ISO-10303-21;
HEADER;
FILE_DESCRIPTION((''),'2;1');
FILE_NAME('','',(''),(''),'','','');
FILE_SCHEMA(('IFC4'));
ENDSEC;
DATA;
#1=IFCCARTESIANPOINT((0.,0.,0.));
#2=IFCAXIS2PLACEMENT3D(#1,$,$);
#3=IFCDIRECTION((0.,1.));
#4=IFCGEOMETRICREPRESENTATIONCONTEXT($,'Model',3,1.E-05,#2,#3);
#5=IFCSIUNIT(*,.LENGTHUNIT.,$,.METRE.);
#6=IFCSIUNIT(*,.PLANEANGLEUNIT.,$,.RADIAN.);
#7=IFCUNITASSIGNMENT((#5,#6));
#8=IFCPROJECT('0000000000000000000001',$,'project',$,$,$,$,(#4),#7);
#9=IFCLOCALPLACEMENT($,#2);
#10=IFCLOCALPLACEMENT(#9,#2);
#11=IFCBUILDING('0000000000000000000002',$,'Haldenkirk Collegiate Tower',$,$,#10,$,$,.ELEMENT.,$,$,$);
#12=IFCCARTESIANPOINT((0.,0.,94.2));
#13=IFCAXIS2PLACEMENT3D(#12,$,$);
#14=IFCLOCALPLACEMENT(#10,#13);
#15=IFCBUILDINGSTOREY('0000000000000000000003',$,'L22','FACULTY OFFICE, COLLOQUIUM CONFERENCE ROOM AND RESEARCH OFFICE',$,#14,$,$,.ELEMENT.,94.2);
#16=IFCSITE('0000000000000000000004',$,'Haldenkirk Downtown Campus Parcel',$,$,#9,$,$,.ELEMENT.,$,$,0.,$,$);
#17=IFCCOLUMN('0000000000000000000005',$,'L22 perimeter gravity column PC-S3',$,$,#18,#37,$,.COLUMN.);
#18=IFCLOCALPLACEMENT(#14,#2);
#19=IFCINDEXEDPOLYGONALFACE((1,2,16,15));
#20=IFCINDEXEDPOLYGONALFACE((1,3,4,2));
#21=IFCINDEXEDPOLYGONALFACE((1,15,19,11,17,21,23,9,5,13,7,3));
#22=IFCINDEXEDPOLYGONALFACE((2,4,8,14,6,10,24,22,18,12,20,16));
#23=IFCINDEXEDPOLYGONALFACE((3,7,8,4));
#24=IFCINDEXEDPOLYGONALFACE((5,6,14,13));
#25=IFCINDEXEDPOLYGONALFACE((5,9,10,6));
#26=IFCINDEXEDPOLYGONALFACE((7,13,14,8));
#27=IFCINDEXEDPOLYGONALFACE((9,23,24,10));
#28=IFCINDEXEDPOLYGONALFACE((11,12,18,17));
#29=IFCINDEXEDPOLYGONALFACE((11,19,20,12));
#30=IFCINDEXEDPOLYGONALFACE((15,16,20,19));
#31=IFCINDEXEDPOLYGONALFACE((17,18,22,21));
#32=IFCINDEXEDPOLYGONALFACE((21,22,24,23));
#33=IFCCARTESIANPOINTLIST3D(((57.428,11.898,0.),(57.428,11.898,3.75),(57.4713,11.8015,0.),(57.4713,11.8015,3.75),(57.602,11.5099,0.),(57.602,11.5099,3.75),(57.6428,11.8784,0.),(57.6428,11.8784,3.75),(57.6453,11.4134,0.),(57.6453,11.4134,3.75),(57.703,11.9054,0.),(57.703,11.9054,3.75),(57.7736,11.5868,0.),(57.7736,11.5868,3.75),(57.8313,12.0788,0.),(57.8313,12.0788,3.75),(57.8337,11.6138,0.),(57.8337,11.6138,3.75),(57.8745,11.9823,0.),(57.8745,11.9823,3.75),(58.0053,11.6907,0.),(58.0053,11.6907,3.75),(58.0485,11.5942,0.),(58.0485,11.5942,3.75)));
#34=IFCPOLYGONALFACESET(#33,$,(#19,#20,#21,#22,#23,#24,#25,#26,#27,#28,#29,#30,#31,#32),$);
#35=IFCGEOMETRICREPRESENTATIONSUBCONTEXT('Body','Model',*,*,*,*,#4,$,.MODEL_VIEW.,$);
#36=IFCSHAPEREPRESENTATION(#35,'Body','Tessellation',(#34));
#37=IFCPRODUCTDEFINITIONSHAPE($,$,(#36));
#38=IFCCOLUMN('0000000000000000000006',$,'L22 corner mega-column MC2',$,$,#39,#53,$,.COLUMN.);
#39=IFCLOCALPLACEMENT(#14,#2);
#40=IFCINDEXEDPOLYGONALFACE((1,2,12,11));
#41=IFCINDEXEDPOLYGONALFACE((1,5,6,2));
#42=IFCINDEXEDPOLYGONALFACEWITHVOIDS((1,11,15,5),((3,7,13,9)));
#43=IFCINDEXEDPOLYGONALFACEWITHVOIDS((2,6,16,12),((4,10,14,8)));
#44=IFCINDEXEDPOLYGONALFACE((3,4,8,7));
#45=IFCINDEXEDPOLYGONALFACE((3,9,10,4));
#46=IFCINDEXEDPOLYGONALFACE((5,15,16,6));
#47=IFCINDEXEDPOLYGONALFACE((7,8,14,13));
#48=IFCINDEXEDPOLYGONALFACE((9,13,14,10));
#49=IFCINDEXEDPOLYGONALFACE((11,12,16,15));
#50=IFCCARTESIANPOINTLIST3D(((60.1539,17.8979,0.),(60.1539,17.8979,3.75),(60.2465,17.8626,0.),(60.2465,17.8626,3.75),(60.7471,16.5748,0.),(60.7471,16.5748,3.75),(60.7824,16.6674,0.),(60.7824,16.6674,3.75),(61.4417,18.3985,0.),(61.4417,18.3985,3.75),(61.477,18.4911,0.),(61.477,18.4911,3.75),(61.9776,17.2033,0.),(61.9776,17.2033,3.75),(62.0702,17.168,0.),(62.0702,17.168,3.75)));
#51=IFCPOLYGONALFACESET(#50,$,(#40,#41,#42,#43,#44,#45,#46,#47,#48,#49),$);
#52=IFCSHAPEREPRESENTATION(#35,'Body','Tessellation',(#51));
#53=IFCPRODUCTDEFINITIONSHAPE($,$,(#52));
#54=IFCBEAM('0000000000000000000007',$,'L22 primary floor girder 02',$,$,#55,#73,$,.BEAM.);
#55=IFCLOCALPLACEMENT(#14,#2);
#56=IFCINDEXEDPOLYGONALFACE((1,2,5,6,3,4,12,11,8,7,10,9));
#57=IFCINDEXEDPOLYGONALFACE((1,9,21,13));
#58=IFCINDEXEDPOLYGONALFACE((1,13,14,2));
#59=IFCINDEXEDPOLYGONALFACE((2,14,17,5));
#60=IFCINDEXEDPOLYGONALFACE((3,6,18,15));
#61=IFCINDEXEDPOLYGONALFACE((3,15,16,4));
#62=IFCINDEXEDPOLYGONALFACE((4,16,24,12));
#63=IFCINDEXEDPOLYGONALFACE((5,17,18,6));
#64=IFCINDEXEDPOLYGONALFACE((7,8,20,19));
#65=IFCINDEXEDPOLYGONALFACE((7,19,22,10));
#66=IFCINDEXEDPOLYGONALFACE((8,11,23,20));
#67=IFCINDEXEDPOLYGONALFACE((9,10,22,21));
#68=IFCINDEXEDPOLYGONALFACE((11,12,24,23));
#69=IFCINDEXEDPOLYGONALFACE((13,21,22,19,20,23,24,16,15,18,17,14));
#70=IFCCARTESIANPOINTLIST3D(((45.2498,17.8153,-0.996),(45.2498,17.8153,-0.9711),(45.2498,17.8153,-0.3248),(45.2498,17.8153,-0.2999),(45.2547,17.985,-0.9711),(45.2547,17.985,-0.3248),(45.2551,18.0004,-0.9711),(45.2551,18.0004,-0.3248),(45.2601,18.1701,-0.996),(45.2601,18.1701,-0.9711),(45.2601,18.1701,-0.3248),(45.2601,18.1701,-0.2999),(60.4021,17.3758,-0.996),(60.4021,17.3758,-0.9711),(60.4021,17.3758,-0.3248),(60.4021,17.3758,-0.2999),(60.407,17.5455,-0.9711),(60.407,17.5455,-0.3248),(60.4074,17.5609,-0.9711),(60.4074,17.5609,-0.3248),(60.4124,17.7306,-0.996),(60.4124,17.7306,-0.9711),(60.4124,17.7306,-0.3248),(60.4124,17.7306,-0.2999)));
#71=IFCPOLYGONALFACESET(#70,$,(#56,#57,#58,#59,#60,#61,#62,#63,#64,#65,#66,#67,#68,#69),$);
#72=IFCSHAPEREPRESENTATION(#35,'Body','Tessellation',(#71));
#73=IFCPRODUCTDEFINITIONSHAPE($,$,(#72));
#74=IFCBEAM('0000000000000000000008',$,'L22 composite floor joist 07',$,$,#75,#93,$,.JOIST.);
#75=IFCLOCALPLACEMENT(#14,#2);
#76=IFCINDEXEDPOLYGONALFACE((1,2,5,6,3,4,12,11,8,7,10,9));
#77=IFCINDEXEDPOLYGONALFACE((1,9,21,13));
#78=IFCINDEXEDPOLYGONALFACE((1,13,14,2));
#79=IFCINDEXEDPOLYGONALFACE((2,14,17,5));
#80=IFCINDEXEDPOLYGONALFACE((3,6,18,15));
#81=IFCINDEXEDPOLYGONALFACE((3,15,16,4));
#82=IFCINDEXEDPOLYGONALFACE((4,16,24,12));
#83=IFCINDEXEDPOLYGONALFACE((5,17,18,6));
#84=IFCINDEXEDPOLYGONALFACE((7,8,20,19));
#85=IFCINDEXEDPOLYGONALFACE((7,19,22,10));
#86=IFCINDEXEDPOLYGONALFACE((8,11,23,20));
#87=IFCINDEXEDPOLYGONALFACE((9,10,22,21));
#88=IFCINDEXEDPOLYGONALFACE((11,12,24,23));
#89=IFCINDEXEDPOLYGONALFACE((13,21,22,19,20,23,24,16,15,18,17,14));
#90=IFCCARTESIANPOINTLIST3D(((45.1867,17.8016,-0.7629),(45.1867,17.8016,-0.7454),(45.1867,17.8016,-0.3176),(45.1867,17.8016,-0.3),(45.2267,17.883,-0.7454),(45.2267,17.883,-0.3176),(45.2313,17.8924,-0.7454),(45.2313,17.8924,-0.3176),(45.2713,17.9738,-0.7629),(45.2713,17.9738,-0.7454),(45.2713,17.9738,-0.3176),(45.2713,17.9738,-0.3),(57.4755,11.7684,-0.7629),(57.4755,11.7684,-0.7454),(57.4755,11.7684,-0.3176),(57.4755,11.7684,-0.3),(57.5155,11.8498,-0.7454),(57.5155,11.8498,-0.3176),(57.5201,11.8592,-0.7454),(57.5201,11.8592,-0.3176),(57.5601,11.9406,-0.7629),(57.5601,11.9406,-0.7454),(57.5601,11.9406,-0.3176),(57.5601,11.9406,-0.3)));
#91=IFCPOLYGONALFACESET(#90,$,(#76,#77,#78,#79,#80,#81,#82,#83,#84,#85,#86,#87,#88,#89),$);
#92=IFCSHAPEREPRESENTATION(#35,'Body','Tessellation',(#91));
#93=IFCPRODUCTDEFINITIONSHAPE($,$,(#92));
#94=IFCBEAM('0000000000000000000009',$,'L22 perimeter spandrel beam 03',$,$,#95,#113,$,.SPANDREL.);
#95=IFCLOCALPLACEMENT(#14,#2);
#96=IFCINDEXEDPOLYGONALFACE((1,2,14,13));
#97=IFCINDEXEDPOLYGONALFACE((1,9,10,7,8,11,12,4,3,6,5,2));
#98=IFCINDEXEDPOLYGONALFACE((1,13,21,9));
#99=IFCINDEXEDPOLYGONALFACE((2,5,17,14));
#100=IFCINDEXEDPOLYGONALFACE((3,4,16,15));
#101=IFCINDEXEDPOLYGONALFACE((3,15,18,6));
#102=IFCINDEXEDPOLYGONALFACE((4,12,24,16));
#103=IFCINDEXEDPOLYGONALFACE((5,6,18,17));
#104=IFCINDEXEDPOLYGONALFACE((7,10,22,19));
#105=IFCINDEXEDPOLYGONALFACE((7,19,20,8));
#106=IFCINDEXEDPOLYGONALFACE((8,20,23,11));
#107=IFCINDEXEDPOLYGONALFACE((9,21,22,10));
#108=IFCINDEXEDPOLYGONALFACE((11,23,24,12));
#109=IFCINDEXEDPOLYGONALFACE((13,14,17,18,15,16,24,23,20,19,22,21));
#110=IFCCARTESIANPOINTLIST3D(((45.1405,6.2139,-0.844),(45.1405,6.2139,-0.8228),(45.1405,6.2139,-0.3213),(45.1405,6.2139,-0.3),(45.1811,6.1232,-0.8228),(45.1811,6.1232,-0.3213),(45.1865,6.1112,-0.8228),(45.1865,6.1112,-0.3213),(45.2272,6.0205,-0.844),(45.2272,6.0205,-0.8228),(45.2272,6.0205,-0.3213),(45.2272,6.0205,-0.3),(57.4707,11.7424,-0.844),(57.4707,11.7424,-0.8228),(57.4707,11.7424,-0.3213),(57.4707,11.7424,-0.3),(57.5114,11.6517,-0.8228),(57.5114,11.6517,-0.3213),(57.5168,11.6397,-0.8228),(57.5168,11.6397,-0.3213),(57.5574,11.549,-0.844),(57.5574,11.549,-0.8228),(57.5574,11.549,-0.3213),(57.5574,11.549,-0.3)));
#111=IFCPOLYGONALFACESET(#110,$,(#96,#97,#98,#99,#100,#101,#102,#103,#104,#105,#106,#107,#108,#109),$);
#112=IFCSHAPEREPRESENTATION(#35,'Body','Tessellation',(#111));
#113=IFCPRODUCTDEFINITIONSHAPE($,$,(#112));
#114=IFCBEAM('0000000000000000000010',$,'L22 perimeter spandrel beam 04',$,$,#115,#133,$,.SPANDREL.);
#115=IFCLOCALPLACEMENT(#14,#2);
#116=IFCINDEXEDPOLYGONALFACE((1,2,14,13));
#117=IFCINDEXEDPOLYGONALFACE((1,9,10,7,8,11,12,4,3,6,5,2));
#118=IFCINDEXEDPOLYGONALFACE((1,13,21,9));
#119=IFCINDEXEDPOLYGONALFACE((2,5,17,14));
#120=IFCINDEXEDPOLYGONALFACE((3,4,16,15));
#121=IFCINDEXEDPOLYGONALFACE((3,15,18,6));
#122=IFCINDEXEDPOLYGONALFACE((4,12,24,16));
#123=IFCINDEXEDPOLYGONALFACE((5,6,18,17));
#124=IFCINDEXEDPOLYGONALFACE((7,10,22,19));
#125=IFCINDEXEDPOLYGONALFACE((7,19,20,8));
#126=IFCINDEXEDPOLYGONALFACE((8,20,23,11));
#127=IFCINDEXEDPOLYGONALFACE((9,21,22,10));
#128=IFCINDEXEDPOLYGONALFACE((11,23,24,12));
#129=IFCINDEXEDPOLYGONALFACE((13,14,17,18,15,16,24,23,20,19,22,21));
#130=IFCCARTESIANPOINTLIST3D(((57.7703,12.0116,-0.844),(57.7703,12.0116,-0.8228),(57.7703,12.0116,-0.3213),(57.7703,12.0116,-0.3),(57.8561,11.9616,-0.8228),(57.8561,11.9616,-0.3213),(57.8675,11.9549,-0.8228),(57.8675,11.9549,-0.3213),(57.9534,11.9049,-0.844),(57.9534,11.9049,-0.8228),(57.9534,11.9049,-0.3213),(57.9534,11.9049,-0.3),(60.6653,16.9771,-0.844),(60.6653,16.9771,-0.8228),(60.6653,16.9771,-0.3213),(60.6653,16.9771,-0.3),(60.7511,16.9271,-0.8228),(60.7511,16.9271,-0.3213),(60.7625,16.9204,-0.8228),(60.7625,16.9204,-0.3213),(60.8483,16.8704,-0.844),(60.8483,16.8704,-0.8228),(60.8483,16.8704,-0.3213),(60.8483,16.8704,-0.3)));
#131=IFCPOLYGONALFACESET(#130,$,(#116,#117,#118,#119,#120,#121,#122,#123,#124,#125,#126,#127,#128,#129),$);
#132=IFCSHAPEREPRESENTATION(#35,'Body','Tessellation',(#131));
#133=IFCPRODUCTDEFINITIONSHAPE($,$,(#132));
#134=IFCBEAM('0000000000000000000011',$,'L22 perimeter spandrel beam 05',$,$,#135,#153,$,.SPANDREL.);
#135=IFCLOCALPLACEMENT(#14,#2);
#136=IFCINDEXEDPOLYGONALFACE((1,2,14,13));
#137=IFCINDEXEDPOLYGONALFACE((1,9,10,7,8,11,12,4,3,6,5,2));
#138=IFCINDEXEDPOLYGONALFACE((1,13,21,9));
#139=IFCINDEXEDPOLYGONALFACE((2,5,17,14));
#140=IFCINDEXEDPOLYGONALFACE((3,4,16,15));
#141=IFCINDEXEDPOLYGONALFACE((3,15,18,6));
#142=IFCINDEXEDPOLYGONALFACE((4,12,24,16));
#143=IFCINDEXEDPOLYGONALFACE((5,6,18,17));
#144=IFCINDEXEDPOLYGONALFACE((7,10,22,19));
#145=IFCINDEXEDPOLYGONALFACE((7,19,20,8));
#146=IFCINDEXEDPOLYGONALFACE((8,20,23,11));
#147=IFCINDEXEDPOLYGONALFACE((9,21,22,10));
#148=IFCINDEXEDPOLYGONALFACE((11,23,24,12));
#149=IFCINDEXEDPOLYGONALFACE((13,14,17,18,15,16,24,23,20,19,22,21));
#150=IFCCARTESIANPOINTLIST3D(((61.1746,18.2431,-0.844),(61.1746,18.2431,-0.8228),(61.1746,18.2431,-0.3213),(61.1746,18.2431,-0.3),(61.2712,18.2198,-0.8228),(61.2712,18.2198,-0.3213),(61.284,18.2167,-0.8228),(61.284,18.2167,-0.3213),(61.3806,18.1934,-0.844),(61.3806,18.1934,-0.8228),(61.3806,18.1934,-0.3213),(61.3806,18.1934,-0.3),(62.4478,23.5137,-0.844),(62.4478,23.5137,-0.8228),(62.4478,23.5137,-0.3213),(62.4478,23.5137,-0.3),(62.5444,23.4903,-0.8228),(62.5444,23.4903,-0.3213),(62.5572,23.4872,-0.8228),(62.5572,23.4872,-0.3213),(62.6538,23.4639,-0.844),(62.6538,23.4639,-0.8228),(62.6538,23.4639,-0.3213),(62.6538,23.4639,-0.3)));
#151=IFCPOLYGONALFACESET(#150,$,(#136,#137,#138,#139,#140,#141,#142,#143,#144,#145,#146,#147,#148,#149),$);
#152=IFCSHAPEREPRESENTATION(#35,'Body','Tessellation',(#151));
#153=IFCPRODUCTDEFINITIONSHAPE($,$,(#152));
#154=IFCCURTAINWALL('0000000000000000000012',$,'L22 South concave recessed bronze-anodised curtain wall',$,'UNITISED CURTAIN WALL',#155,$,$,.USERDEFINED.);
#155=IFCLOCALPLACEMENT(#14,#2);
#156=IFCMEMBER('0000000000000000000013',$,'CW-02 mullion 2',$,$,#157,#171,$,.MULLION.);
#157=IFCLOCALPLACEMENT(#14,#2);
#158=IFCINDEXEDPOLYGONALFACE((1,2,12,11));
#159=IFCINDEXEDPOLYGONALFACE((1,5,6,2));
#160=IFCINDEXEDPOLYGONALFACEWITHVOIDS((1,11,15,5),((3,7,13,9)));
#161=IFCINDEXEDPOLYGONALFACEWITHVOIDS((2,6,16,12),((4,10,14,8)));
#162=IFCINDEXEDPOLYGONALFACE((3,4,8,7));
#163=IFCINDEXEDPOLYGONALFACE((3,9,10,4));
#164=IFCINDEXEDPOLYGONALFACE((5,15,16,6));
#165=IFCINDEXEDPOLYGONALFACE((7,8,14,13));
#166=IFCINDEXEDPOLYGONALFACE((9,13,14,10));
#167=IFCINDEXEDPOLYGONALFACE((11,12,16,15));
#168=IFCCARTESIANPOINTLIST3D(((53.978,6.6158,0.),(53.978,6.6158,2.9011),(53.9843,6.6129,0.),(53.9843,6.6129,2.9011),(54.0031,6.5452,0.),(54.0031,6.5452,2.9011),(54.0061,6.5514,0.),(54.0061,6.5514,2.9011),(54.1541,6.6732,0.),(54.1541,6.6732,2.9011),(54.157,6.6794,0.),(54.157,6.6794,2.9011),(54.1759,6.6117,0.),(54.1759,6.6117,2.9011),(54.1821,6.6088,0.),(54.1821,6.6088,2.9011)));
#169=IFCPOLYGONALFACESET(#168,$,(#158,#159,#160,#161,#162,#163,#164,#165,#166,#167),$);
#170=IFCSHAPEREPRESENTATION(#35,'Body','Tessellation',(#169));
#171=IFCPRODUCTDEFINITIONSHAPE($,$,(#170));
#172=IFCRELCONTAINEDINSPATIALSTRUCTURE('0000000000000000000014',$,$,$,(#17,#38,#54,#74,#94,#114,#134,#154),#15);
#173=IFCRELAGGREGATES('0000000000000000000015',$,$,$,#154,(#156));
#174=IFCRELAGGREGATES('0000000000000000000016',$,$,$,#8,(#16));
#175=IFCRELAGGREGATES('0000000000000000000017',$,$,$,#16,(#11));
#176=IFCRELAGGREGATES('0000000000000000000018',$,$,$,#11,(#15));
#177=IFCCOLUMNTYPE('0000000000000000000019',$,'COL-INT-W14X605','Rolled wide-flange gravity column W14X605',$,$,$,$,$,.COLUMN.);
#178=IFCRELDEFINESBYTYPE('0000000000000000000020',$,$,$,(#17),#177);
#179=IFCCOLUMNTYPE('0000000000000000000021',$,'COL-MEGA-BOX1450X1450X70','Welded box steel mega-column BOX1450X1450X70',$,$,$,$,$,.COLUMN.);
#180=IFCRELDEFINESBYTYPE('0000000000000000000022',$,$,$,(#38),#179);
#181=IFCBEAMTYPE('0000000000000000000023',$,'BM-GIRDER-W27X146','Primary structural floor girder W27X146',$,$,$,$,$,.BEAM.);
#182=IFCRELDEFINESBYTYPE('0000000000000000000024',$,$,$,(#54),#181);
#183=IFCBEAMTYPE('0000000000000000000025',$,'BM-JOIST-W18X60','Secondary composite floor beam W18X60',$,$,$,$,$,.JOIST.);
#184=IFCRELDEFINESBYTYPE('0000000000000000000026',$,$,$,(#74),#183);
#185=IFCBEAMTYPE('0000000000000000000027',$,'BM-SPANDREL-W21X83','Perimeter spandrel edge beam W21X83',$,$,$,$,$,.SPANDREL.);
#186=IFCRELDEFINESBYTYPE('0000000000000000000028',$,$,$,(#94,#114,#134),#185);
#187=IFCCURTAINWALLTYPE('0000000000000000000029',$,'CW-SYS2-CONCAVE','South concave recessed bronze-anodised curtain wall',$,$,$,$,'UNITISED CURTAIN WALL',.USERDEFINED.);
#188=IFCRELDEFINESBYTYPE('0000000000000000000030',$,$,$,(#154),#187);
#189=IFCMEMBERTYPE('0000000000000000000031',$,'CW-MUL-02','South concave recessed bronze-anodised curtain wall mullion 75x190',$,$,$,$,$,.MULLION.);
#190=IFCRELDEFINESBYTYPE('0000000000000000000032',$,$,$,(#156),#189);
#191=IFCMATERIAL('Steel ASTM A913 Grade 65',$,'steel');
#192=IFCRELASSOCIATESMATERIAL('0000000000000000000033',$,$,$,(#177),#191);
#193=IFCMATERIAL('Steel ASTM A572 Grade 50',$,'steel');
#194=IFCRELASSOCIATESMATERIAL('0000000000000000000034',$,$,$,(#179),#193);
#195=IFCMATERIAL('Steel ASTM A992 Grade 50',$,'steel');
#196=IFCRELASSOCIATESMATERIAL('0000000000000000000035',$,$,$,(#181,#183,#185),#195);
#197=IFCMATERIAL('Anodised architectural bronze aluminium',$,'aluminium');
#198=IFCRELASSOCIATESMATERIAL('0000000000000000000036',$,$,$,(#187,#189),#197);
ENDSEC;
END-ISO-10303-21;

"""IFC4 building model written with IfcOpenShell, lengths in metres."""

from ifc_helpers import new_model, si_unit, direction, frame, origin, origin_2d, place, context, subcontext, project, spatial, hollow_rectangle, i_section, extrude, material, material_profile, profile_set, type_object, element, aggregate, save


model = new_model("IFC4")

# Units and contexts
model_context = context("Model", 3, precision=1e-05, world=origin(), true_north=direction((0.0, 1.0)))
body_context = subcontext(model_context, "Body", "Model", "MODEL_VIEW")
ifc_project = project(units=[si_unit("LENGTHUNIT", "METRE"), si_unit("PLANEANGLEUNIT", "RADIAN")], contexts=[model_context])

# Site, building, storey
site_placement = place(None, origin())
site = spatial("IfcSite", under=ifc_project, at=site_placement, Name="Haldenkirk Downtown Campus Parcel", CompositionType="ELEMENT", RefElevation=0.0)
building_placement = place(site_placement, origin())
building = spatial("IfcBuilding", under=site, at=building_placement, Name="Haldenkirk Collegiate Tower", CompositionType="ELEMENT")
storey_placement = place(building_placement, frame((0.0, 0.0, 94.2)))
storey = spatial("IfcBuildingStorey", under=building, at=storey_placement, Name="L22", Description="FACULTY OFFICE, COLLOQUIUM CONFERENCE ROOM AND RESEARCH OFFICE", CompositionType="ELEMENT", Elevation=94.2)

# Columns
ifc_material_1 = material(Name="Steel ASTM A913 Grade 65", Category="steel")
ifc_material_profile_1 = material_profile(ifc_material_1, i_section(OverallWidth=0.4419, OverallDepth=0.531, WebThickness=0.0659, FlangeThickness=0.1057, at=origin_2d()), Name="W14X605")
ifc_profile_set_1 = profile_set([ifc_material_profile_1], Name="Steel ASTM A913 Grade 65")
column_type_1 = type_object("IfcColumnType", Name="COL-INT-W14X605", Description="Rolled wide-flange gravity column W14X605", PredefinedType="COLUMN", material=ifc_profile_set_1)
column_1_placement = place(storey_placement, frame((57.7383, 11.7461, 0.0), z_axis=(0.0, 0.0, 1.0), x_axis=(0.912477, 0.409127, 0.0)))
element("IfcColumn", 1, at=column_1_placement, inside=storey, type_object=column_type_1, Name="L22 perimeter gravity column PC-S3", PredefinedType="COLUMN", context=body_context, shape_type="SweptSolid", body=[
    extrude(i_section(OverallWidth=0.4419, OverallDepth=0.531, WebThickness=0.0659, FlangeThickness=0.1057, at=origin_2d()), origin(), (0.0, 0.0, 1.0), 3.75),
])
ifc_material_2 = material(Name="Steel ASTM A572 Grade 50", Category="steel")
ifc_material_profile_2 = material_profile(ifc_material_2, hollow_rectangle(XDim=1.45, YDim=1.45, WallThickness=0.0701, at=origin_2d()), Name="BOX1450X1450X70")
ifc_profile_set_2 = profile_set([ifc_material_profile_2], Name="Steel ASTM A572 Grade 50")
column_type_2 = type_object("IfcColumnType", Name="COL-MEGA-BOX1450X1450X70", Description="Welded box steel mega-column BOX1450X1450X70", PredefinedType="COLUMN", material=ifc_profile_set_2)
column_2_placement = place(storey_placement, frame((61.1121, 17.533, 0.0), z_axis=(0.0, 0.0, 1.0), x_axis=(0.912477, 0.409127, 0.0)))
element("IfcColumn", 2, at=column_2_placement, inside=storey, type_object=column_type_2, Name="L22 corner mega-column MC2", PredefinedType="COLUMN", context=body_context, shape_type="SweptSolid", body=[
    extrude(hollow_rectangle(XDim=1.45, YDim=1.45, WallThickness=0.0701, at=origin_2d()), origin(), (0.0, 0.0, 1.0), 3.75),
])

# Beams
ifc_material_3 = material(Name="Steel ASTM A992 Grade 50", Category="steel")
ifc_material_profile_3 = material_profile(ifc_material_3, i_section(OverallWidth=0.355, OverallDepth=0.696, WebThickness=0.0154, FlangeThickness=0.0249, at=origin_2d()), Name="W27X146")
ifc_profile_set_3 = profile_set([ifc_material_profile_3], Name="Steel ASTM A992 Grade 50")
beam_type_1 = type_object("IfcBeamType", Name="BM-GIRDER-W27X146", Description="Primary structural floor girder W27X146", PredefinedType="BEAM", material=ifc_profile_set_3)
beam_1_placement = place(storey_placement, frame((60.4072, 17.5532, -0.6479), z_axis=(-0.99958, 0.02899, 0.0), x_axis=(-0.02899, -0.99958, 0.0)))
element("IfcBeam", 3, at=beam_1_placement, inside=storey, type_object=beam_type_1, Name="L22 primary floor girder 02", PredefinedType="BEAM", context=body_context, shape_type="SweptSolid", body=[
    extrude(i_section(OverallWidth=0.355, OverallDepth=0.696, WebThickness=0.0154, FlangeThickness=0.0249, at=origin_2d()), origin(), (0.0, 0.0, 1.0), 15.1587),
])
ifc_material_profile_4 = material_profile(ifc_material_3, i_section(OverallWidth=0.1919, OverallDepth=0.4629, WebThickness=0.0105, FlangeThickness=0.0176, at=origin_2d()), Name="W18X60")
ifc_profile_set_4 = profile_set([ifc_material_profile_4], Name="Steel ASTM A992 Grade 50")
beam_type_2 = type_object("IfcBeamType", Name="BM-JOIST-W18X60", Description="Secondary composite floor beam W18X60", PredefinedType="JOIST", material=ifc_profile_set_4)
beam_2_placement = place(storey_placement, frame((57.5178, 11.8545, -0.5315), z_axis=(-0.897653, 0.440703, 0.0), x_axis=(-0.440703, -0.897653, 0.0)))
element("IfcBeam", 4, at=beam_2_placement, inside=storey, type_object=beam_type_2, Name="L22 composite floor joist 07", PredefinedType="JOIST", context=body_context, shape_type="SweptSolid", body=[
    extrude(i_section(OverallWidth=0.1919, OverallDepth=0.4629, WebThickness=0.0105, FlangeThickness=0.0176, at=origin_2d()), origin(), (0.0, 0.0, 1.0), 13.6899),
])
ifc_material_profile_5 = material_profile(ifc_material_3, i_section(OverallWidth=0.2119, OverallDepth=0.5439, WebThickness=0.0132, FlangeThickness=0.0212, at=origin_2d()), Name="W21X83")
ifc_profile_set_5 = profile_set([ifc_material_profile_5], Name="Steel ASTM A992 Grade 50")
beam_type_3 = type_object("IfcBeamType", Name="BM-SPANDREL-W21X83", Description="Perimeter spandrel edge beam W21X83", PredefinedType="SPANDREL", material=ifc_profile_set_5)
beam_3_placement = place(storey_placement, frame((45.1838, 6.1172, -0.572), z_axis=(0.912477, 0.409129, 0.0), x_axis=(-0.409129, 0.912477, 0.0)))
element("IfcBeam", 5, at=beam_3_placement, inside=storey, type_object=beam_type_3, Name="L22 perimeter spandrel beam 03", PredefinedType="SPANDREL", context=body_context, shape_type="SweptSolid", body=[
    extrude(i_section(OverallWidth=0.2119, OverallDepth=0.5439, WebThickness=0.0132, FlangeThickness=0.0212, at=origin_2d()), origin(), (0.0, 0.0, 1.0), 13.5129),
])
beam_4_placement = place(storey_placement, frame((57.8618, 11.9583, -0.572), z_axis=(0.503668, 0.863897, 0.0), x_axis=(-0.863897, 0.503668, 0.0)))
element("IfcBeam", 6, at=beam_4_placement, inside=storey, type_object=beam_type_3, Name="L22 perimeter spandrel beam 04", PredefinedType="SPANDREL", context=body_context, shape_type="SweptSolid", body=[
    extrude(i_section(OverallWidth=0.2119, OverallDepth=0.5439, WebThickness=0.0132, FlangeThickness=0.0212, at=origin_2d()), origin(), (0.0, 0.0, 1.0), 5.7478),
])
beam_5_placement = place(storey_placement, frame((61.2776, 18.2183, -0.572), z_axis=(0.234815, 0.97204, 0.0), x_axis=(-0.97204, 0.234815, 0.0)))
element("IfcBeam", 7, at=beam_5_placement, inside=storey, type_object=beam_type_3, Name="L22 perimeter spandrel beam 05", PredefinedType="SPANDREL", context=body_context, shape_type="SweptSolid", body=[
    extrude(i_section(OverallWidth=0.2119, OverallDepth=0.5439, WebThickness=0.0132, FlangeThickness=0.0212, at=origin_2d()), origin(), (0.0, 0.0, 1.0), 5.4221),
])

# Curtain wall, member
ifc_material_4 = material(Name="Anodised architectural bronze aluminium", Category="aluminium")
curtain_wall_type = type_object("IfcCurtainWallType", Name="CW-SYS2-CONCAVE", Description="South concave recessed bronze-anodised curtain wall", ElementType="UNITISED CURTAIN WALL", PredefinedType="USERDEFINED", material=ifc_material_4)
curtain_wall_placement = place(storey_placement, origin())
curtain_wall = element("IfcCurtainWall", 8, at=curtain_wall_placement, inside=storey, type_object=curtain_wall_type, Name="L22 South concave recessed bronze-anodised curtain wall", ObjectType="UNITISED CURTAIN WALL", PredefinedType="USERDEFINED")
ifc_material_profile_6 = material_profile(ifc_material_4, hollow_rectangle(XDim=0.075, YDim=0.1899, WallThickness=0.0049, at=origin_2d()), Name="CW-MUL-02")
ifc_profile_set_6 = profile_set([ifc_material_profile_6], Name="Anodised architectural bronze aluminium")
member_type_1 = type_object("IfcMemberType", Name="CW-MUL-02", Description="South concave recessed bronze-anodised curtain wall mullion 75x190", PredefinedType="MULLION", material=ifc_profile_set_6)
member_1_placement = place(storey_placement, frame((54.0801, 6.6123, 0.0), z_axis=(0.0, 0.0, 1.0), x_axis=(0.334628, -0.94235, 0.0)))
member_1 = element("IfcMember", 9, at=member_1_placement, type_object=member_type_1, Name="CW-02 mullion 2", PredefinedType="MULLION", context=body_context, shape_type="SweptSolid", body=[
    extrude(hollow_rectangle(XDim=0.075, YDim=0.1899, WallThickness=0.0049, at=origin_2d()), origin(), (0.0, 0.0, 1.0), 2.9011),
])
aggregate(curtain_wall, [member_1])

save(model, "model.ifc")
